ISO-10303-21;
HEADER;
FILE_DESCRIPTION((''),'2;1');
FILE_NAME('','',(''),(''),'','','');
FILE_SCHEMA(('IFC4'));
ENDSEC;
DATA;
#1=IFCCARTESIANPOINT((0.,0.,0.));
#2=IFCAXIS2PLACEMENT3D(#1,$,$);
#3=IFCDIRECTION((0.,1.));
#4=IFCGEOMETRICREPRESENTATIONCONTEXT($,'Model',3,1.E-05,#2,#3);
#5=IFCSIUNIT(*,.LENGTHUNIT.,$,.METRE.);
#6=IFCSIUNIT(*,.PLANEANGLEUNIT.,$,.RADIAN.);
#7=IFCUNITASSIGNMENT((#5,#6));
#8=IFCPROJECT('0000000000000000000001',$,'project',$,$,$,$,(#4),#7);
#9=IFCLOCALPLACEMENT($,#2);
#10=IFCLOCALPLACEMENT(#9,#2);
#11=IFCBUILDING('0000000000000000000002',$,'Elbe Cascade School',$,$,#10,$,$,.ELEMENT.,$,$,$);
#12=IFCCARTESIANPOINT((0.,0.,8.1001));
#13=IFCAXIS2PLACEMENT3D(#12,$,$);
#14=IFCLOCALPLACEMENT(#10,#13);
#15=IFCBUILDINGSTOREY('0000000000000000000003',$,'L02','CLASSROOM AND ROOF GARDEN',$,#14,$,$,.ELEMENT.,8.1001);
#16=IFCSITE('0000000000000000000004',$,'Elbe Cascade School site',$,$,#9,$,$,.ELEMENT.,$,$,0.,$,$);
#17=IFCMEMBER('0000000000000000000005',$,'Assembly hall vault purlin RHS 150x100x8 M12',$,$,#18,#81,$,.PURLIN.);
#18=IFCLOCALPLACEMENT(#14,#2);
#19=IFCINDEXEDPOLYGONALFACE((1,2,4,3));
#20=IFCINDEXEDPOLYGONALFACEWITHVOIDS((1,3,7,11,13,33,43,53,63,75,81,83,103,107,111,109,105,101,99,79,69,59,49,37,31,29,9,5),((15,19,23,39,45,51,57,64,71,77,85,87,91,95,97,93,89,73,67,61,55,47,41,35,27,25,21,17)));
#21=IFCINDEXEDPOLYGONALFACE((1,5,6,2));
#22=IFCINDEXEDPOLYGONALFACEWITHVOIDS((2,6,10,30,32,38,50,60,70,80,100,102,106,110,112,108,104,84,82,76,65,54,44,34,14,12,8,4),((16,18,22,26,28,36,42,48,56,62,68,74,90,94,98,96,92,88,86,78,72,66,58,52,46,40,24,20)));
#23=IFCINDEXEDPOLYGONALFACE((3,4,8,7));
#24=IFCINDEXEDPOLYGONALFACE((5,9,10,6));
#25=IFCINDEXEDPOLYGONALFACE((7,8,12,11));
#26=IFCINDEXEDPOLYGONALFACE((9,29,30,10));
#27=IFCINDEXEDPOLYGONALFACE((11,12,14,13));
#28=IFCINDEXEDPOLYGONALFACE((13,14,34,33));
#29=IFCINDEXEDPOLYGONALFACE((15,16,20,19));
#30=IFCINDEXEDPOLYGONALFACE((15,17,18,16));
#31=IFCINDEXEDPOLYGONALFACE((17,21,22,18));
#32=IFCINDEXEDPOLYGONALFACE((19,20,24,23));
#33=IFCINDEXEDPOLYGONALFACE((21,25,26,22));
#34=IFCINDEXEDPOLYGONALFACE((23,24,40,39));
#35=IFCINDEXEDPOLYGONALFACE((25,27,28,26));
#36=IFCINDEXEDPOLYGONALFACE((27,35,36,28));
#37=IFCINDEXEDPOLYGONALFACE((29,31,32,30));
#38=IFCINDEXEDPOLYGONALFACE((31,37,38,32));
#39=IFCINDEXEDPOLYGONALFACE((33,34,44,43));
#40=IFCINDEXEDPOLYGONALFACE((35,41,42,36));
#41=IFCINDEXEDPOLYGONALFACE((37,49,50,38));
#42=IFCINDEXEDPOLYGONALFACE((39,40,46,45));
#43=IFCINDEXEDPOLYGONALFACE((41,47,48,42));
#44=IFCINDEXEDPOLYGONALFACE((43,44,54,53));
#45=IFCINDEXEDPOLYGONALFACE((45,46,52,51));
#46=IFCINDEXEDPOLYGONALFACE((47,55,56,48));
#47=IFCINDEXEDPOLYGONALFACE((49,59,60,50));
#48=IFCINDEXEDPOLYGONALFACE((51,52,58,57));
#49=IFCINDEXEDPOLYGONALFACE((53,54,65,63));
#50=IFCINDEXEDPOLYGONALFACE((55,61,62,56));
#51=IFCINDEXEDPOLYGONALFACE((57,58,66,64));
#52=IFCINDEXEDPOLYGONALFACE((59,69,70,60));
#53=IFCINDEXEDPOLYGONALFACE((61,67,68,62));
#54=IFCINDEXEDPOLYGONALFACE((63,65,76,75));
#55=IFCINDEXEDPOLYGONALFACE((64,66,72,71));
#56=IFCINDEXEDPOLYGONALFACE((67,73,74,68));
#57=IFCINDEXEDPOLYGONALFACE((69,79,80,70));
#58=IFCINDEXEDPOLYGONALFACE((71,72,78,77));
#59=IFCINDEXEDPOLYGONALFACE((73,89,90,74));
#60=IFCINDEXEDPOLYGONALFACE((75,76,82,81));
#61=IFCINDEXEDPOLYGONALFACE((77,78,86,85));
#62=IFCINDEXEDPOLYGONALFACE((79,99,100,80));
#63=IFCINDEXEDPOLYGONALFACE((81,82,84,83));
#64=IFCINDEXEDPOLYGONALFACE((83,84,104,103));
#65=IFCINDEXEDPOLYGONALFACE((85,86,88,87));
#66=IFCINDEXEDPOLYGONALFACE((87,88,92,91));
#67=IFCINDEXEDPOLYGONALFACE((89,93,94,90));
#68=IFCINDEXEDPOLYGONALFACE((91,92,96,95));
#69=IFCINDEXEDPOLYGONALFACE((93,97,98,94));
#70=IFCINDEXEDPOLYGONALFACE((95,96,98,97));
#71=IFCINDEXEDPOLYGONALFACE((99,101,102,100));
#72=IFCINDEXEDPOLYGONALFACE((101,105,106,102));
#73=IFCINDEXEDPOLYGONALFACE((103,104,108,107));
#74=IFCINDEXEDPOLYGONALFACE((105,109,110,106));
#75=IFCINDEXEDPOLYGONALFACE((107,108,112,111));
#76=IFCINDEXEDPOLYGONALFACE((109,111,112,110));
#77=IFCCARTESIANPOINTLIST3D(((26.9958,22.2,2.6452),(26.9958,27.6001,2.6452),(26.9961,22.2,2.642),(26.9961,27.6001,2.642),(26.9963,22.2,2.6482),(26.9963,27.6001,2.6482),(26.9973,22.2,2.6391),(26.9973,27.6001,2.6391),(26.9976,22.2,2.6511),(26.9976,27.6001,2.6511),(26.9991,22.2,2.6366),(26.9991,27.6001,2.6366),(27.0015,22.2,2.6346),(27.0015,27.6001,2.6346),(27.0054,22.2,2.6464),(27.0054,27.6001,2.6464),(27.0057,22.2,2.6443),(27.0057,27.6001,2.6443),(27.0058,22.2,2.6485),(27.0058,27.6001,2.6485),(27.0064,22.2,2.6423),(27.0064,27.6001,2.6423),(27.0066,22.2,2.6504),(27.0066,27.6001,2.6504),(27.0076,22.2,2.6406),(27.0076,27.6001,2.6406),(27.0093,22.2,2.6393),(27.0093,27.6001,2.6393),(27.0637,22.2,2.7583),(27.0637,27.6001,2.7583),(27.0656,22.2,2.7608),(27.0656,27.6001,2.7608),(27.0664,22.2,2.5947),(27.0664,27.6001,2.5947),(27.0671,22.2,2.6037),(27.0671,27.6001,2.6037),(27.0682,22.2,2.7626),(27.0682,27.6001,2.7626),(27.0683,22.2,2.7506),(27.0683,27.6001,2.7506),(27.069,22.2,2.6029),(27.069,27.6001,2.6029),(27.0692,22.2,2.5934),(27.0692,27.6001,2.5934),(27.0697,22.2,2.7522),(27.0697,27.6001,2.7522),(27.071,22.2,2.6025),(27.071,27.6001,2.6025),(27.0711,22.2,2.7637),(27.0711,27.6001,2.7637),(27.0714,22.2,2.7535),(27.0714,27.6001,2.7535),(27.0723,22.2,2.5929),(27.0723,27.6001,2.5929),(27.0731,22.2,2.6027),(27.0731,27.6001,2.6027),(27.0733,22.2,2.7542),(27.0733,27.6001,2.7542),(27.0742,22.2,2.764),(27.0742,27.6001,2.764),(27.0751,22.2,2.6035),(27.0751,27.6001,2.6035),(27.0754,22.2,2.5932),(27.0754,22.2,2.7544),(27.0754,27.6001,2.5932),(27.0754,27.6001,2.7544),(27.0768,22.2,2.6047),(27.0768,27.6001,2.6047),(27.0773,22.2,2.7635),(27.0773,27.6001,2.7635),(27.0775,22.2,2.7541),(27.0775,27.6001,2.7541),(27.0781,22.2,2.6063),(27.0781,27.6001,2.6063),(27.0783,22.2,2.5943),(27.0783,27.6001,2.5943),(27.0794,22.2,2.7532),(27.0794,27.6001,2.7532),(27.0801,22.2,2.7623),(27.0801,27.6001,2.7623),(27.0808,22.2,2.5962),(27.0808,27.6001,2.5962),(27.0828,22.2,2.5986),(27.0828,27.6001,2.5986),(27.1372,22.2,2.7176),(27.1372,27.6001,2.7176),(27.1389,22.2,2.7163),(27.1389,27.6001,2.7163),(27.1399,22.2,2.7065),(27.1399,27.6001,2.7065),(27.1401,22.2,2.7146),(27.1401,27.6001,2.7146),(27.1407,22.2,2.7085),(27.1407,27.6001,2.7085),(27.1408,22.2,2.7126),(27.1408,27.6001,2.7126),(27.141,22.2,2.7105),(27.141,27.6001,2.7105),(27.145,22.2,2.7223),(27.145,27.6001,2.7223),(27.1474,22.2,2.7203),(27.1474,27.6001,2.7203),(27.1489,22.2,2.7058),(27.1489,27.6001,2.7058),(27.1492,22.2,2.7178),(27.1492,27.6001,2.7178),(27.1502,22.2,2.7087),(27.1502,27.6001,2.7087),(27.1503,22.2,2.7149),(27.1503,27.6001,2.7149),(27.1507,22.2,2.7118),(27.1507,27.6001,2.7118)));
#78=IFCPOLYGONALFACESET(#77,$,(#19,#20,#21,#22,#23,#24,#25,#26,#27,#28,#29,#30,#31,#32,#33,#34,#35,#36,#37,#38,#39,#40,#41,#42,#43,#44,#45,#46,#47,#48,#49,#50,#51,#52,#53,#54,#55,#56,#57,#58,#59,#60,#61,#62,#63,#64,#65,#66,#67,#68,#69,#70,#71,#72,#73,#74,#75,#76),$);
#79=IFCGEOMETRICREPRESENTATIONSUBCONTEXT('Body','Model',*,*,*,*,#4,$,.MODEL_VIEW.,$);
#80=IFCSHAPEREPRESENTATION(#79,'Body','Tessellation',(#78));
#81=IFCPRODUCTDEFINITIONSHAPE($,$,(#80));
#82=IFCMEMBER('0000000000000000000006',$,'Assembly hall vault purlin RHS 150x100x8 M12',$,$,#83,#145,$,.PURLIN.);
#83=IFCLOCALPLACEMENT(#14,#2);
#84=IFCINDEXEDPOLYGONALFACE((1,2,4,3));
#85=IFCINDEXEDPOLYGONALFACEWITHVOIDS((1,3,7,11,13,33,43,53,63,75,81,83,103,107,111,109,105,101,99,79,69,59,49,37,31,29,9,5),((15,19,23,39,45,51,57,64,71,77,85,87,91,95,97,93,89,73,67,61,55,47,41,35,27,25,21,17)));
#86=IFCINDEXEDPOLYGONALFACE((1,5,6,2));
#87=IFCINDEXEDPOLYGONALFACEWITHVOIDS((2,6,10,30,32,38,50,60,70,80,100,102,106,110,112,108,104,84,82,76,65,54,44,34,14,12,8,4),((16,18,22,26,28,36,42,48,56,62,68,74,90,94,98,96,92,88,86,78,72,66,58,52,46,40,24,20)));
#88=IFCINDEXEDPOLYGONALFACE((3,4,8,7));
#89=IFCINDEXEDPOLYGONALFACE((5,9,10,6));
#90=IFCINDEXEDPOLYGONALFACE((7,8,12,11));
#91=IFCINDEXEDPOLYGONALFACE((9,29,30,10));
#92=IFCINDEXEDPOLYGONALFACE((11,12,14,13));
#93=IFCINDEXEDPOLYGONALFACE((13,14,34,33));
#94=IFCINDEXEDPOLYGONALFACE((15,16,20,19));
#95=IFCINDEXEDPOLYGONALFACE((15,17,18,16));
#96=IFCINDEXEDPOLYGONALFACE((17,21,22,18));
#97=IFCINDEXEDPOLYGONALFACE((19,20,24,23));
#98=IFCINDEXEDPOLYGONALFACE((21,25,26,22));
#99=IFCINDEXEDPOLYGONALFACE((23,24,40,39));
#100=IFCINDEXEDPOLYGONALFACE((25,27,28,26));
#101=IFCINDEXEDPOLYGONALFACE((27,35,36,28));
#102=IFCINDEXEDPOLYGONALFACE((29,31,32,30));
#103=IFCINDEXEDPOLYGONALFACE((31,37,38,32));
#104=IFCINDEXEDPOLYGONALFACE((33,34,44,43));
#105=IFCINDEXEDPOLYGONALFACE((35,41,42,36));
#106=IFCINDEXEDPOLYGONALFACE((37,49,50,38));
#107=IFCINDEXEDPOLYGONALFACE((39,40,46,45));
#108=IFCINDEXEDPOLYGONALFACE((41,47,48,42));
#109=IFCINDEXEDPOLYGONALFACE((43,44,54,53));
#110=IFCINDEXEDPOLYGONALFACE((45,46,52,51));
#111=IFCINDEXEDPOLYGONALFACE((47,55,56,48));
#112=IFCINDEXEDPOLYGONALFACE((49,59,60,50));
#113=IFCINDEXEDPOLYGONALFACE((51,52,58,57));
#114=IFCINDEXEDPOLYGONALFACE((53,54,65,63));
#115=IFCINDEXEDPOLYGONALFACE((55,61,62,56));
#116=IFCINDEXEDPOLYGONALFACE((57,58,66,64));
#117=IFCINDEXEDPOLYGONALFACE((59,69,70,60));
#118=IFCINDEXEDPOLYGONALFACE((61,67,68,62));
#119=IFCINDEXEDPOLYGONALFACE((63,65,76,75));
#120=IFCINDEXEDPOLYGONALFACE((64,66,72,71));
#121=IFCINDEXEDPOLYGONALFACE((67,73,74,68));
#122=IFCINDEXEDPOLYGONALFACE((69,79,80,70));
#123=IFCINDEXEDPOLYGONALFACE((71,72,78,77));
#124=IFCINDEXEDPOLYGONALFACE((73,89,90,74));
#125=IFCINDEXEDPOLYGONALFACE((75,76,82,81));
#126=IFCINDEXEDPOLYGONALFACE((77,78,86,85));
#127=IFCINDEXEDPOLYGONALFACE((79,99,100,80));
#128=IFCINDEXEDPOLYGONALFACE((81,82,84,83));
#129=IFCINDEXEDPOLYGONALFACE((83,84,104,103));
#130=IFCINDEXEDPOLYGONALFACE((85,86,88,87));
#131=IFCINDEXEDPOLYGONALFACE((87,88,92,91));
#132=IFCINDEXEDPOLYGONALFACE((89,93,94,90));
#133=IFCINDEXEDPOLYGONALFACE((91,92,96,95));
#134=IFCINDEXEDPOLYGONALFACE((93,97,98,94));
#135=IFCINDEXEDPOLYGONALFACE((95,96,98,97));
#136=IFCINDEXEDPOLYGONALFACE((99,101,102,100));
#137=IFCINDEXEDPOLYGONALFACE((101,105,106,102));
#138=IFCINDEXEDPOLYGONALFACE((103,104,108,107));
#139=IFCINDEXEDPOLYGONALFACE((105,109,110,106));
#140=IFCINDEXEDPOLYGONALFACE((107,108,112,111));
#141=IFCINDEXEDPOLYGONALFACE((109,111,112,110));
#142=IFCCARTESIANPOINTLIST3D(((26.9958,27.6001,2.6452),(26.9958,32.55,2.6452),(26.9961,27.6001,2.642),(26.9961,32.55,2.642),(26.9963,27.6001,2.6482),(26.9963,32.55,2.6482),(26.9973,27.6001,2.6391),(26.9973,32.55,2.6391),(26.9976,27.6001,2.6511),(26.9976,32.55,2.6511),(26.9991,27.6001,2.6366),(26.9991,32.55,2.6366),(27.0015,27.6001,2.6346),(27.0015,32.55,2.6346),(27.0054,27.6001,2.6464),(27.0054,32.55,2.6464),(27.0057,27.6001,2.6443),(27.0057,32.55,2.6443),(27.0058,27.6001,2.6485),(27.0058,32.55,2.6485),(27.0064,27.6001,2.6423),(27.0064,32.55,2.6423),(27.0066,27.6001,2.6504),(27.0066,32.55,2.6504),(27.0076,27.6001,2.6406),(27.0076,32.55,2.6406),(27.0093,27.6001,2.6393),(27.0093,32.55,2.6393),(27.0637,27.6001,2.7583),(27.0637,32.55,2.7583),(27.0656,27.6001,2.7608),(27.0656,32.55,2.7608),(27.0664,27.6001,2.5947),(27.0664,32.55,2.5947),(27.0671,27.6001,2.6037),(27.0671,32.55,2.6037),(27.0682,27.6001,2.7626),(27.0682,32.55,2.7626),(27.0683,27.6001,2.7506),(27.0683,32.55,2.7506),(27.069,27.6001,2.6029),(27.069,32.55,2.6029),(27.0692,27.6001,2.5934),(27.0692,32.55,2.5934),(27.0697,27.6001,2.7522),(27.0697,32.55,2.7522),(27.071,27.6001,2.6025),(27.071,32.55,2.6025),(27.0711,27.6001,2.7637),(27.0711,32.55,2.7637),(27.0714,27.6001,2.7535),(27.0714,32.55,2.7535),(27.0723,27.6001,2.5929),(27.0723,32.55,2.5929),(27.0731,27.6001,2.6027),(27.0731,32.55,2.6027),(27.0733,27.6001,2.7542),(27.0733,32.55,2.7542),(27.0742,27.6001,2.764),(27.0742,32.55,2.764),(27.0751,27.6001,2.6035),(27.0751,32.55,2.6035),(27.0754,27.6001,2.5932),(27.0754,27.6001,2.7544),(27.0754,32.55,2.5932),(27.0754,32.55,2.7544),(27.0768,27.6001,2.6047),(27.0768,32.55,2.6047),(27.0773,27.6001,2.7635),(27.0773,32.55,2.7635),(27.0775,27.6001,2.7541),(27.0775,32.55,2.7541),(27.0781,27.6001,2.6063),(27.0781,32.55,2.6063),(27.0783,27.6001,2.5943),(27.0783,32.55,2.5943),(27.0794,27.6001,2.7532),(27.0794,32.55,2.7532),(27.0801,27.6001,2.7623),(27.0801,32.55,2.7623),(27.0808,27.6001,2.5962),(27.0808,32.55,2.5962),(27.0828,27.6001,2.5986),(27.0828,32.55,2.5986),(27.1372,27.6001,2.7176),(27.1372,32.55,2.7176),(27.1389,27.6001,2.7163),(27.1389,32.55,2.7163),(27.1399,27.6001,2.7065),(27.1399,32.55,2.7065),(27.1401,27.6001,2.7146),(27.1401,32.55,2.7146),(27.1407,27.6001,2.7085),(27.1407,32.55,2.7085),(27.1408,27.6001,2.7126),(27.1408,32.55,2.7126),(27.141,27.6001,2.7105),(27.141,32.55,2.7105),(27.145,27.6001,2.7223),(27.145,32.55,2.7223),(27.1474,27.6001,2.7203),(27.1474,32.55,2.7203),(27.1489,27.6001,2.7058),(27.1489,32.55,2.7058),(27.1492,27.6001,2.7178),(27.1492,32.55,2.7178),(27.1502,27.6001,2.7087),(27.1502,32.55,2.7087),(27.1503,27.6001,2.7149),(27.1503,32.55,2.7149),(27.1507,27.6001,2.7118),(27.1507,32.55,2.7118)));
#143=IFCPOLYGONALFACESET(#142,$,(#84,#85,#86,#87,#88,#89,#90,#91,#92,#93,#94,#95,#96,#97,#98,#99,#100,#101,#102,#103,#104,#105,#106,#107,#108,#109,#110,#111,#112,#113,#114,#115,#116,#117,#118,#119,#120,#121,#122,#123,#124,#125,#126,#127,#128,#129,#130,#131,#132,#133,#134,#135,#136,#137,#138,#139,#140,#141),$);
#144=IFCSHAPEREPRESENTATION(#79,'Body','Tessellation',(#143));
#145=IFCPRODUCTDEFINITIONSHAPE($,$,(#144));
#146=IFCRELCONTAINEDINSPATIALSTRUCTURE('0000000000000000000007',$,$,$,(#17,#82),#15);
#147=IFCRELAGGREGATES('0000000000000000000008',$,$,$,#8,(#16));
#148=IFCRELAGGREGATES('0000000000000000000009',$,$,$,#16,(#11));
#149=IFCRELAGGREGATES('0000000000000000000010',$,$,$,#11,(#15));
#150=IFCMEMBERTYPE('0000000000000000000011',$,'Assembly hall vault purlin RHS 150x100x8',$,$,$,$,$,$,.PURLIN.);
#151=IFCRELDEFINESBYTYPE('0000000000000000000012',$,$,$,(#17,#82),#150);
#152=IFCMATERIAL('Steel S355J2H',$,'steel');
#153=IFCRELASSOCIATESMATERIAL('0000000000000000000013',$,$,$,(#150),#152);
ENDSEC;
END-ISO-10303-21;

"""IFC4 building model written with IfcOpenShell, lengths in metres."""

from ifc_helpers import new_model, si_unit, direction, frame, origin, origin_2d, place, context, subcontext, project, spatial, hollow_rectangle, extrude, material, material_profile, profile_set, type_object, element, save


model = new_model("IFC4")

# Units and contexts
model_context = context("Model", 3, precision=1e-05, world=origin(), true_north=direction((0.0, 1.0)))
body_context = subcontext(model_context, "Body", "Model", "MODEL_VIEW")
ifc_project = project(units=[si_unit("LENGTHUNIT", "METRE"), si_unit("PLANEANGLEUNIT", "RADIAN")], contexts=[model_context])

# Site, building, storey
site_placement = place(None, origin())
site = spatial("IfcSite", under=ifc_project, at=site_placement, Name="Elbe Cascade School site", CompositionType="ELEMENT", RefElevation=0.0)
building_placement = place(site_placement, origin())
building = spatial("IfcBuilding", under=site, at=building_placement, Name="Elbe Cascade School", CompositionType="ELEMENT")
storey_placement = place(building_placement, frame((0.0, 0.0, 8.1001)))
storey = spatial("IfcBuildingStorey", under=building, at=storey_placement, Name="L02", Description="CLASSROOM AND ROOF GARDEN", CompositionType="ELEMENT", Elevation=8.1001)

# Members
ifc_material_1 = material(Name="Steel S355J2H", Category="steel")
ifc_material_profile_1 = material_profile(ifc_material_1, hollow_rectangle(XDim=0.1001, YDim=0.1499, WallThickness=0.0081, InnerFilletRadius=0.0081, OuterFilletRadius=0.012, at=origin_2d()), Name="RHS 150x100x8")
ifc_profile_set_1 = profile_set([ifc_material_profile_1], Name="Steel S355J2H")
member_type_1 = type_object("IfcMemberType", Name="Assembly hall vault purlin RHS 150x100x8", PredefinedType="PURLIN", material=ifc_profile_set_1)
member_1_placement = place(storey_placement, frame((27.0732, 22.2, 2.6785), z_axis=(0.0, 1.0, 0.0), x_axis=(-0.851418, 0.0, 0.524488)))
element("IfcMember", 1, at=member_1_placement, inside=storey, type_object=member_type_1, Name="Assembly hall vault purlin RHS 150x100x8 M12", PredefinedType="PURLIN", context=body_context, shape_type="SweptSolid", body=[
    extrude(hollow_rectangle(XDim=0.1001, YDim=0.1499, WallThickness=0.0081, InnerFilletRadius=0.0081, OuterFilletRadius=0.012, at=origin_2d()), origin(), (0.0, 0.0, 1.0), 5.4001),
])
member_2_placement = place(storey_placement, frame((27.0732, 27.6001, 2.6785), z_axis=(0.0, 1.0, 0.0), x_axis=(-0.851418, 0.0, 0.524488)))
element("IfcMember", 2, at=member_2_placement, inside=storey, type_object=member_type_1, Name="Assembly hall vault purlin RHS 150x100x8 M12", PredefinedType="PURLIN", context=body_context, shape_type="SweptSolid", body=[
    extrude(hollow_rectangle(XDim=0.1001, YDim=0.1499, WallThickness=0.0081, InnerFilletRadius=0.0081, OuterFilletRadius=0.012, at=origin_2d()), origin(), (0.0, 0.0, 1.0), 4.95),
])

save(model, "model.ifc")
